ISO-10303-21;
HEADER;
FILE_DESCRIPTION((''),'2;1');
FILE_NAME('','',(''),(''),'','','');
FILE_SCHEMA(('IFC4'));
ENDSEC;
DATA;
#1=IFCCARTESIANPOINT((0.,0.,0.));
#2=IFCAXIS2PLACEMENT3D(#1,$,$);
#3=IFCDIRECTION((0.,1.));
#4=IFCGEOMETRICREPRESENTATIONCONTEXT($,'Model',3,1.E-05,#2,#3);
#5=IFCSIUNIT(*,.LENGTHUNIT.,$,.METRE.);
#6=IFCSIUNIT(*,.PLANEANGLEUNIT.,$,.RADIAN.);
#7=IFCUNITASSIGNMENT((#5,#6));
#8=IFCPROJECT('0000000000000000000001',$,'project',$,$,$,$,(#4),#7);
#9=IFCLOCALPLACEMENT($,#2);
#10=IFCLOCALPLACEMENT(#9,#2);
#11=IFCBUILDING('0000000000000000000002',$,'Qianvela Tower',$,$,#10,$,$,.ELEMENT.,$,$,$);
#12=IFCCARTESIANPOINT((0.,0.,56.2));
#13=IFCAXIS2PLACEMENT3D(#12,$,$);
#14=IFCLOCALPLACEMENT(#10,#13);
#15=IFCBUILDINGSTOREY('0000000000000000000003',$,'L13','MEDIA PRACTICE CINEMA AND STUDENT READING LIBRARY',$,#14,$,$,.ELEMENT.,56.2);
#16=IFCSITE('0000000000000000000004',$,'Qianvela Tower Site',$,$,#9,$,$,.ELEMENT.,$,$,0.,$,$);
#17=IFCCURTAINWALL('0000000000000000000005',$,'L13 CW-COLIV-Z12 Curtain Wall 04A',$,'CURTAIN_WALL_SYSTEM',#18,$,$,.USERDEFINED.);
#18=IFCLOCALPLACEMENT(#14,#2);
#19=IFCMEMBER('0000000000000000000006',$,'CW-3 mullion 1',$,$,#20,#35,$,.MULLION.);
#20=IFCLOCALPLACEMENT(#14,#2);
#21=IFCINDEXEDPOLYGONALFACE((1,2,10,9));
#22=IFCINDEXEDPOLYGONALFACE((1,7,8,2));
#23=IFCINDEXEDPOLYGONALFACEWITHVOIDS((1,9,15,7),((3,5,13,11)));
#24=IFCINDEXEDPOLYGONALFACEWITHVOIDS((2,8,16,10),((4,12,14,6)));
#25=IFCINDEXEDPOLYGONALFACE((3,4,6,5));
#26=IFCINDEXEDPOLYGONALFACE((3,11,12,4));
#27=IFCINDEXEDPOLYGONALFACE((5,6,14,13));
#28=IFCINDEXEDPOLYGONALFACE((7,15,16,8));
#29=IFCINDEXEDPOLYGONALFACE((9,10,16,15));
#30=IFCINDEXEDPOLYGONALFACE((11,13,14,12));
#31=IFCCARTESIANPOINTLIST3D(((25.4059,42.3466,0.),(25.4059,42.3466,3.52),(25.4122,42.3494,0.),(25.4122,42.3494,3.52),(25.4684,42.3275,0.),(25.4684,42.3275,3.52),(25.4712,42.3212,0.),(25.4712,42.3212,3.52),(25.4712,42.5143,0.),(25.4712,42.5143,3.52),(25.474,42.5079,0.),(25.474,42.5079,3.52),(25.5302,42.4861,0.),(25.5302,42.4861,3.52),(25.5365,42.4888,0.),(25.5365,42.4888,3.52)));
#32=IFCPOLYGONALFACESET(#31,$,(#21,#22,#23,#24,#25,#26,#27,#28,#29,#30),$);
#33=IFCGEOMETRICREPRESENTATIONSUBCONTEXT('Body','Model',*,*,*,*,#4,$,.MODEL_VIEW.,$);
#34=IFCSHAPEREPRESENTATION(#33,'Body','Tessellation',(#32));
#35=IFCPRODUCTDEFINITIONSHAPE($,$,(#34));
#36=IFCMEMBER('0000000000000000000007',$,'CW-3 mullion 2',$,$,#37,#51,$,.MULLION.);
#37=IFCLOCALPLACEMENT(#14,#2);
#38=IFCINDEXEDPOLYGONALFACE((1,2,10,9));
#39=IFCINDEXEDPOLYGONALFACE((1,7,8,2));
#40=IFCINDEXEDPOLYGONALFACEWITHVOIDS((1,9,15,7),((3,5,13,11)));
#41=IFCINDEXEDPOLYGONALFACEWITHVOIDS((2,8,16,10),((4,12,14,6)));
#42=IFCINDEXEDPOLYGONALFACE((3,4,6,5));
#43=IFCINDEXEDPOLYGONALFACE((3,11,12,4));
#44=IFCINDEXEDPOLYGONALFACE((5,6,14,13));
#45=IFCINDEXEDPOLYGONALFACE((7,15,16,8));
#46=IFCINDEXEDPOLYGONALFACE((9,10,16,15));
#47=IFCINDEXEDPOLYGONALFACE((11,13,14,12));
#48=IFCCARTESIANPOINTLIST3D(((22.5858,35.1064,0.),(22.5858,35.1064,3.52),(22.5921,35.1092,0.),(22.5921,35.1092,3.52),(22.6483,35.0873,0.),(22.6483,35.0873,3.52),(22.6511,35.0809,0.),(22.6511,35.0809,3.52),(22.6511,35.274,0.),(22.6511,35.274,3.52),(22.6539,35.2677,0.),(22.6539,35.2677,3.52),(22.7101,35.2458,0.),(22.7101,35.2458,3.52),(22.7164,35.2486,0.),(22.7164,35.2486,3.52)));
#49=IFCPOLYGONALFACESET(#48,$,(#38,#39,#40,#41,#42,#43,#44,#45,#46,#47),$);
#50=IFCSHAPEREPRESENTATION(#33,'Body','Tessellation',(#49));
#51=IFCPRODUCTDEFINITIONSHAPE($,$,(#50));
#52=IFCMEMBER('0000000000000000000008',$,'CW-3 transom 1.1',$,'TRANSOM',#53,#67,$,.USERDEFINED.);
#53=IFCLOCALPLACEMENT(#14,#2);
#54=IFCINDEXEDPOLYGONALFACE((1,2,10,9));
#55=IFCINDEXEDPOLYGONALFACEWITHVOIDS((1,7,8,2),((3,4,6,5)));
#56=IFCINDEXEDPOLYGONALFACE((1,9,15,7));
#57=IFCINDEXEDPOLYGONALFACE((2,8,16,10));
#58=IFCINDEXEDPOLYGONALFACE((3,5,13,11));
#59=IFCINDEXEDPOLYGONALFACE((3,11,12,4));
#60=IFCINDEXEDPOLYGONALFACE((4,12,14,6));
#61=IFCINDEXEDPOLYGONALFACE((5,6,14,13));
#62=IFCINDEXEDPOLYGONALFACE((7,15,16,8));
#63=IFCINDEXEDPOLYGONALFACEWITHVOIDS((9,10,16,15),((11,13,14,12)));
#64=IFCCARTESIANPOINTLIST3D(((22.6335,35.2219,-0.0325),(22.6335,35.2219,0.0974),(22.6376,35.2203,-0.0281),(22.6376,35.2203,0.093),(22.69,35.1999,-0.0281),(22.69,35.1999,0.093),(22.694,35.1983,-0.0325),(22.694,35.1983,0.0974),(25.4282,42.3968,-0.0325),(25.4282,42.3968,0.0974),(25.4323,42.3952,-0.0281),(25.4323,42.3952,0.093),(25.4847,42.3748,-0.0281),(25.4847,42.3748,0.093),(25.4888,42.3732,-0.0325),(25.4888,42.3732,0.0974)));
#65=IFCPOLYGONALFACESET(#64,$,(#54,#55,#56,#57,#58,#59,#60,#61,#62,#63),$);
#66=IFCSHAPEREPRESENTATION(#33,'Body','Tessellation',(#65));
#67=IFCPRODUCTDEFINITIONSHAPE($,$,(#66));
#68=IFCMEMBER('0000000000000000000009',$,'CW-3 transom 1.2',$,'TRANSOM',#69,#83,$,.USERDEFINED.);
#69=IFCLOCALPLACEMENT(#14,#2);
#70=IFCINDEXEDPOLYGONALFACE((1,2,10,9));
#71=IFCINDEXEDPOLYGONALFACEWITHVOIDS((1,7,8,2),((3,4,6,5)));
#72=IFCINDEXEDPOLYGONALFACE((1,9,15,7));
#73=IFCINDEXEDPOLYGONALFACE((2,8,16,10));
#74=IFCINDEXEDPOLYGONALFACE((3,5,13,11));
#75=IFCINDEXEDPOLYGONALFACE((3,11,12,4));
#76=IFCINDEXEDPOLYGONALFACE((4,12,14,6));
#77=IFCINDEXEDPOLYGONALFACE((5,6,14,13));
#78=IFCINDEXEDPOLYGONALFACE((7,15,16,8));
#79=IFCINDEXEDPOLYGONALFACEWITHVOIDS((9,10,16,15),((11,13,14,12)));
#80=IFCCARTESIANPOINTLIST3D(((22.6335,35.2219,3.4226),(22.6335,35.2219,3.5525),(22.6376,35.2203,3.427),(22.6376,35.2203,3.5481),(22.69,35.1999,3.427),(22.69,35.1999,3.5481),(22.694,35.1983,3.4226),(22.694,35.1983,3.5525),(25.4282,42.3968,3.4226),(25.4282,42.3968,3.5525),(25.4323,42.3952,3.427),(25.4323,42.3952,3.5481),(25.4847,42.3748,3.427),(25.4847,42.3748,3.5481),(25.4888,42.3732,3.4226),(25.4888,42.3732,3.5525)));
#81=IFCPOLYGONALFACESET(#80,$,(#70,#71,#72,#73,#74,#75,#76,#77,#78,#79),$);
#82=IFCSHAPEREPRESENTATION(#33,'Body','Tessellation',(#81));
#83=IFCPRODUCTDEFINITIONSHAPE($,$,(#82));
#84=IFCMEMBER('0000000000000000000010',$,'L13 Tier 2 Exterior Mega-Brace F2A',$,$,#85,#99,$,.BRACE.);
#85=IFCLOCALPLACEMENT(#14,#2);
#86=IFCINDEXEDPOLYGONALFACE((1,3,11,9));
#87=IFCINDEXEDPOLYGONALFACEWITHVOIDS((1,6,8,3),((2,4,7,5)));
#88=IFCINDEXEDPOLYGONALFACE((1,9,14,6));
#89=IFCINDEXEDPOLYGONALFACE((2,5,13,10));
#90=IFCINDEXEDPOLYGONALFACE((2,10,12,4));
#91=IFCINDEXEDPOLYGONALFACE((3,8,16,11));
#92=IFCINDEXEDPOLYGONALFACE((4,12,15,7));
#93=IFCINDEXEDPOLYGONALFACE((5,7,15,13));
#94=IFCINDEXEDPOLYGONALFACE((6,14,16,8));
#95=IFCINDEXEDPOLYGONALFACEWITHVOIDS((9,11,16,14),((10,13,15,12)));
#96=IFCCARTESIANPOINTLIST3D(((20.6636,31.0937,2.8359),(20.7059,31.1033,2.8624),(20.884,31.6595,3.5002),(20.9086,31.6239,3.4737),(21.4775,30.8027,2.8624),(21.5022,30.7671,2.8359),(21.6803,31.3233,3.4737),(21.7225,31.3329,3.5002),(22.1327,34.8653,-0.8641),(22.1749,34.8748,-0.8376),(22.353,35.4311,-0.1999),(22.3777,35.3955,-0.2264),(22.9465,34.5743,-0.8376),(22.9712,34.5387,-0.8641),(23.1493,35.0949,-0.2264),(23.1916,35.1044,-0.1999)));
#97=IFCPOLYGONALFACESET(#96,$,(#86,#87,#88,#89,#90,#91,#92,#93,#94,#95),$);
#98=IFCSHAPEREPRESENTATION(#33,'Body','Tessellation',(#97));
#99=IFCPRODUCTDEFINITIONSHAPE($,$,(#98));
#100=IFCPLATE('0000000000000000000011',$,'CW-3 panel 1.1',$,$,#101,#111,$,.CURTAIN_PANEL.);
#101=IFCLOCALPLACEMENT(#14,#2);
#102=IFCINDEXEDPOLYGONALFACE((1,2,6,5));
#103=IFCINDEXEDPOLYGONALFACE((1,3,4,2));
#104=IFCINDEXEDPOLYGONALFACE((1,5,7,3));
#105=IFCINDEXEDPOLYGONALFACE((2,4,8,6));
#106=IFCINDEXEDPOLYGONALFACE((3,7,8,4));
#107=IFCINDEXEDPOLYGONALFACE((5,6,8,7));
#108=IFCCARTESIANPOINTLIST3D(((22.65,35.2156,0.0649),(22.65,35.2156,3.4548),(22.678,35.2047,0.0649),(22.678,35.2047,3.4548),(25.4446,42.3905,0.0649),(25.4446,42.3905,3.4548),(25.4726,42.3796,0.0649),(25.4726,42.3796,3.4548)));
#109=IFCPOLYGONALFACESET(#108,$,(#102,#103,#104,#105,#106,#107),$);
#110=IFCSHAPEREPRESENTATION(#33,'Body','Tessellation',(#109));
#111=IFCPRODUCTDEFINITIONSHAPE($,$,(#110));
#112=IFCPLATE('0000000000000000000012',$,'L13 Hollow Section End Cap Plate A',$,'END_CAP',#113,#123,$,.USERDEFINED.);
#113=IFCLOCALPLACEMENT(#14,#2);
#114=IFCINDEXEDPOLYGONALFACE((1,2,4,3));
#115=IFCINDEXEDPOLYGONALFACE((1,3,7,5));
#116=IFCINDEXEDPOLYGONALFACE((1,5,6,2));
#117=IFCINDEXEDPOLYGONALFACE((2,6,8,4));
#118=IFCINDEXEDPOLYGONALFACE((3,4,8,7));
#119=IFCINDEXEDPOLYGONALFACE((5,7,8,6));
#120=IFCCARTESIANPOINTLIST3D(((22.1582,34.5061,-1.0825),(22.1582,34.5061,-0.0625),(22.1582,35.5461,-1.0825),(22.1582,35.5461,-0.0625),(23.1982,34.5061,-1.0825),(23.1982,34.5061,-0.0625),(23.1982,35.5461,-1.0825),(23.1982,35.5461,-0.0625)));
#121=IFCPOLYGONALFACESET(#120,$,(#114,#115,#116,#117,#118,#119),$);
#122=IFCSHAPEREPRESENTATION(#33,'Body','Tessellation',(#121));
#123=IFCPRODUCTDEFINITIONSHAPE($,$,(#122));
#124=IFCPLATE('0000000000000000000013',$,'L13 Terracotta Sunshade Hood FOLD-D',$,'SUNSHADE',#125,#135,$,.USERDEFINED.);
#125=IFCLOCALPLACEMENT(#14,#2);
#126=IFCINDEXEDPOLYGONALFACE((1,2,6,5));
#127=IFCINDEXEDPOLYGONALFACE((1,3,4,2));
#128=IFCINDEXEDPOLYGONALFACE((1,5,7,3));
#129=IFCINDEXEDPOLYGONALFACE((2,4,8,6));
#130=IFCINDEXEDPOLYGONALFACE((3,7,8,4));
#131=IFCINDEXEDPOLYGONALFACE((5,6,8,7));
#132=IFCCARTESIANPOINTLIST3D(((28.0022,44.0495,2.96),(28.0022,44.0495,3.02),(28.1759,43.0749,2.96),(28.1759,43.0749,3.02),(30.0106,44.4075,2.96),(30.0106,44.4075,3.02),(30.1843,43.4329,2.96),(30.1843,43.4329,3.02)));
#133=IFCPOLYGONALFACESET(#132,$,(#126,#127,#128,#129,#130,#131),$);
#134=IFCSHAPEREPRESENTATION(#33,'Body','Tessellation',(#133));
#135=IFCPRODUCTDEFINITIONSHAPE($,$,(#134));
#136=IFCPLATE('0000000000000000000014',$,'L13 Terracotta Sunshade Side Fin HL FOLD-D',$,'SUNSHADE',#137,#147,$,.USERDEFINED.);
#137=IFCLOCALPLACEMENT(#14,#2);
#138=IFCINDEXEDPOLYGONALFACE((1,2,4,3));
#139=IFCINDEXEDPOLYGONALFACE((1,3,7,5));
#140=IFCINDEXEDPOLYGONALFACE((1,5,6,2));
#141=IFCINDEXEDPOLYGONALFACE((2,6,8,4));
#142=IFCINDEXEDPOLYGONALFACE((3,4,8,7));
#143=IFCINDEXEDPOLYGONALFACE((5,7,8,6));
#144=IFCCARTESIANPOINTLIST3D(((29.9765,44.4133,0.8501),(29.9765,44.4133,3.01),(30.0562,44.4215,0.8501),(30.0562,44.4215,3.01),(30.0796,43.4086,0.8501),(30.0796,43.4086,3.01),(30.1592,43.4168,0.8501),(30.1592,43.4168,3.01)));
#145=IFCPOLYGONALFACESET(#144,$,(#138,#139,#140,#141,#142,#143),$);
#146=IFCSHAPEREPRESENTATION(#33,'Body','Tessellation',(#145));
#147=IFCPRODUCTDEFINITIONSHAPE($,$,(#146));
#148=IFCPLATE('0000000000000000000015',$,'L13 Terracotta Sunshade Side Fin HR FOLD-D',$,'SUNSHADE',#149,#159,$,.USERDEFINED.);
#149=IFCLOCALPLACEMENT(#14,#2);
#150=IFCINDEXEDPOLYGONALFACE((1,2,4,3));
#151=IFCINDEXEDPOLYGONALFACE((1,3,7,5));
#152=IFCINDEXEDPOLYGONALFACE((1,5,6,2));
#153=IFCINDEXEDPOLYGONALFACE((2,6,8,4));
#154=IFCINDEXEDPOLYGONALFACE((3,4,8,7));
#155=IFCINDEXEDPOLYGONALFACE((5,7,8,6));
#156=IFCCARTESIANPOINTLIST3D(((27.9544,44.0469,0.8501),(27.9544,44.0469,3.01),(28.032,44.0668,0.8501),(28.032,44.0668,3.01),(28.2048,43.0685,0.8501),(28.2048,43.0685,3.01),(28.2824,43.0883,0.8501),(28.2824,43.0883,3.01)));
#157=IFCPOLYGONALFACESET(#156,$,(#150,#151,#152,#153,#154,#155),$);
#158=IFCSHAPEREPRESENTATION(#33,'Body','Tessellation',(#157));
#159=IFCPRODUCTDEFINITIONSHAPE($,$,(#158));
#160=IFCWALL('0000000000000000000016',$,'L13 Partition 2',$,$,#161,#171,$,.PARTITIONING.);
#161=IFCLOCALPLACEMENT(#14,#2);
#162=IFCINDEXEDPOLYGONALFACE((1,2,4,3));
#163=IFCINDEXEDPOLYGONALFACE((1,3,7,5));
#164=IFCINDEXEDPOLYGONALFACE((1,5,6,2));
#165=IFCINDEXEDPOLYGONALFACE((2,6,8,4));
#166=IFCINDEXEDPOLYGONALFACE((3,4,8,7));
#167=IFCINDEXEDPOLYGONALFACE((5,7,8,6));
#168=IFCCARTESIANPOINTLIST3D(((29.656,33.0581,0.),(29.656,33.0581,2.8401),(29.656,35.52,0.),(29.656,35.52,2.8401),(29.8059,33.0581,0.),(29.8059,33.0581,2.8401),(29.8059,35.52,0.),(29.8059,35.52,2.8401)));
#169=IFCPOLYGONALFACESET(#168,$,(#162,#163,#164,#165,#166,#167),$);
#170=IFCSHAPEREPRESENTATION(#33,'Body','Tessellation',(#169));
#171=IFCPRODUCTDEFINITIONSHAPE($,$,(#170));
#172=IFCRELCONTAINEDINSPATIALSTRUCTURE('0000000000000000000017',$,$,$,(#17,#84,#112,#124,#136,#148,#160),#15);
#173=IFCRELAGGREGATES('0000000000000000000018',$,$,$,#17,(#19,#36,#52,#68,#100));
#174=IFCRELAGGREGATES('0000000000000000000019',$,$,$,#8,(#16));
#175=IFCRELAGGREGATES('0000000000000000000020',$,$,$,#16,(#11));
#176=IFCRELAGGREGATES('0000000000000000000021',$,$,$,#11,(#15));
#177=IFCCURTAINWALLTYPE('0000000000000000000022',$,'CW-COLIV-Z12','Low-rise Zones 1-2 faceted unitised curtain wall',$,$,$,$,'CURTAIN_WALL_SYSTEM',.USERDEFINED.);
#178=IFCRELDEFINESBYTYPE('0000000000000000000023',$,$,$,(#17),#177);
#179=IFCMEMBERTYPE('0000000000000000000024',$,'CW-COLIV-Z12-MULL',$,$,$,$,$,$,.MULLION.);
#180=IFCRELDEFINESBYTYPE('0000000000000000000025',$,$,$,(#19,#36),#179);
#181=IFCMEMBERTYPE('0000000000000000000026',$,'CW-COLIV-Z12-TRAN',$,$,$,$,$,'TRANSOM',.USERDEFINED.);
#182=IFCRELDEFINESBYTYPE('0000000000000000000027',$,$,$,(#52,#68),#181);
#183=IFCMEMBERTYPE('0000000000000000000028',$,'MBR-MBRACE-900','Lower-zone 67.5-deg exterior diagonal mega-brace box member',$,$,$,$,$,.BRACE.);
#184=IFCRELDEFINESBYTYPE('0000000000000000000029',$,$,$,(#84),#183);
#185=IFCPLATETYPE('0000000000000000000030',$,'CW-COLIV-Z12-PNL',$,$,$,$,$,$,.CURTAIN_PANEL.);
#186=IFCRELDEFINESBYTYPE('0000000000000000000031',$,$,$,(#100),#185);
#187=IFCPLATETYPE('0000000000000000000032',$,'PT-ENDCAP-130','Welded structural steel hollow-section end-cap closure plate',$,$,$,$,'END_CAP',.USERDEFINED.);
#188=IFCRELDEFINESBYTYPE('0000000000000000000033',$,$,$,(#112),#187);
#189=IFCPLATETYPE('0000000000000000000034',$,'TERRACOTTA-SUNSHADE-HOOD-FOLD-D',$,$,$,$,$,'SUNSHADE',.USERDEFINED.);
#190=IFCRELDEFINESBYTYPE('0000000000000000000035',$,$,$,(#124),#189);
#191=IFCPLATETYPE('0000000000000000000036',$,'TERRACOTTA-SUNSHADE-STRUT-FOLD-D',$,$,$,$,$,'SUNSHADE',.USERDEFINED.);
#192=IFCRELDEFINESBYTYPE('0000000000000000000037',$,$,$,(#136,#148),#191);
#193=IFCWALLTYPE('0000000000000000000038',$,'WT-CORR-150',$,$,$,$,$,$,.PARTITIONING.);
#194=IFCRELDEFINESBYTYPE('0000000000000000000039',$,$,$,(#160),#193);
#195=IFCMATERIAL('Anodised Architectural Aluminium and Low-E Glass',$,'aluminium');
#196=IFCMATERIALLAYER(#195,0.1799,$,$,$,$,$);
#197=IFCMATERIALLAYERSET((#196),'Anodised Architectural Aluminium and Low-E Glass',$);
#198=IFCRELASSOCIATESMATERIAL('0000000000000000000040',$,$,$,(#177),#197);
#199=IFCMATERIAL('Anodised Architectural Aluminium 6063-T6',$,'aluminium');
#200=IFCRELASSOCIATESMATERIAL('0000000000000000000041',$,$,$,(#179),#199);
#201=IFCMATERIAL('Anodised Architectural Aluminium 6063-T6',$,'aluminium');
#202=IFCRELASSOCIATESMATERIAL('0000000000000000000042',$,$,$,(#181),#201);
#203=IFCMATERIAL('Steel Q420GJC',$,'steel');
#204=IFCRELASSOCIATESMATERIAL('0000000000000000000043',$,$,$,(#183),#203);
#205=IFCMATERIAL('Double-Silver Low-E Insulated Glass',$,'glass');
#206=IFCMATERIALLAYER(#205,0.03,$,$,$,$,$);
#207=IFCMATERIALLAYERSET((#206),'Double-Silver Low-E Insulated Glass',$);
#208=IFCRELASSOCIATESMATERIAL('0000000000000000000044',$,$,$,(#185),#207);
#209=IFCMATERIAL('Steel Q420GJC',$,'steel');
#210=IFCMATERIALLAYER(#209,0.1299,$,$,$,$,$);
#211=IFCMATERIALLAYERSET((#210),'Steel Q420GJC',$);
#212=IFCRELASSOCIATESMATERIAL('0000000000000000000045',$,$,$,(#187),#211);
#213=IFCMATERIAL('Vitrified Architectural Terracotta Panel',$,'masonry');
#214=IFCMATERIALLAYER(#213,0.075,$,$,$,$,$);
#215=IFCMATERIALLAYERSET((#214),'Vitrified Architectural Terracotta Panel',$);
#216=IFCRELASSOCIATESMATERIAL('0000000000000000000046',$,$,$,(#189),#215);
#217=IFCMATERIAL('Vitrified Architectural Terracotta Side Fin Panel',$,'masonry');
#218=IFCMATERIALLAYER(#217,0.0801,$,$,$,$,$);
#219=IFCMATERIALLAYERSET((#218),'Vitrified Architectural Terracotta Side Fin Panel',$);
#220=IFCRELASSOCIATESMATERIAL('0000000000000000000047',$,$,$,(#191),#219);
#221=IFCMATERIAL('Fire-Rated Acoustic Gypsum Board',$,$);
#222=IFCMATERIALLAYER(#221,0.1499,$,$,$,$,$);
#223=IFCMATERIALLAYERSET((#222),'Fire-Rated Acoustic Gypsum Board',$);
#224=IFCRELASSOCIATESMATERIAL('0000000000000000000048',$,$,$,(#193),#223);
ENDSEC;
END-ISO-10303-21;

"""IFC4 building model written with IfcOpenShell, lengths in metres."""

from ifc_helpers import new_model, si_unit, direction, frame, frame_2d, origin, origin_2d, place, context, subcontext, project, spatial, rectangle, hollow_rectangle, extrude, material, layer, layer_set, material_profile, profile_set, type_object, element, aggregate, save


model = new_model("IFC4")

# Units and contexts
model_context = context("Model", 3, precision=1e-05, world=origin(), true_north=direction((0.0, 1.0)))
body_context = subcontext(model_context, "Body", "Model", "MODEL_VIEW")
ifc_project = project(units=[si_unit("LENGTHUNIT", "METRE"), si_unit("PLANEANGLEUNIT", "RADIAN")], contexts=[model_context])

# Site, building, storey
site_placement = place(None, origin())
site = spatial("IfcSite", under=ifc_project, at=site_placement, Name="Qianvela Tower Site", CompositionType="ELEMENT", RefElevation=0.0)
building_placement = place(site_placement, origin())
building = spatial("IfcBuilding", under=site, at=building_placement, Name="Qianvela Tower", CompositionType="ELEMENT")
storey_placement = place(building_placement, frame((0.0, 0.0, 56.2)))
storey = spatial("IfcBuildingStorey", under=building, at=storey_placement, Name="L13", Description="MEDIA PRACTICE CINEMA AND STUDENT READING LIBRARY", CompositionType="ELEMENT", Elevation=56.2)

# Curtain wall, members
ifc_material_1 = material(Name="Anodised Architectural Aluminium and Low-E Glass", Category="aluminium")
ifc_layer_1 = layer(ifc_material_1, 0.1799)
ifc_layer_set_1 = layer_set([ifc_layer_1], Name="Anodised Architectural Aluminium and Low-E Glass")
curtain_wall_type_1 = type_object("IfcCurtainWallType", Name="CW-COLIV-Z12", Description="Low-rise Zones 1-2 faceted unitised curtain wall", ElementType="CURTAIN_WALL_SYSTEM", PredefinedType="USERDEFINED", material=ifc_layer_set_1)
curtain_wall_1_placement = place(storey_placement, origin())
curtain_wall_1 = element("IfcCurtainWall", 1, at=curtain_wall_1_placement, inside=storey, type_object=curtain_wall_type_1, Name="L13 CW-COLIV-Z12 Curtain Wall 04A", ObjectType="CURTAIN_WALL_SYSTEM", PredefinedType="USERDEFINED")
ifc_material_2 = material(Name="Anodised Architectural Aluminium 6063-T6", Category="aluminium")
ifc_material_profile_1 = material_profile(ifc_material_2, hollow_rectangle(XDim=0.0701, YDim=0.1799, WallThickness=0.0049, at=origin_2d()), Name="ALU-MULL-70x180")
ifc_profile_set_1 = profile_set([ifc_material_profile_1], Name="Anodised Architectural Aluminium 6063-T6")
member_type_1 = type_object("IfcMemberType", Name="CW-COLIV-Z12-MULL", PredefinedType="MULLION", material=ifc_profile_set_1)
member_1_placement = place(storey_placement, frame((25.4712, 42.4177, 0.0), z_axis=(0.0, 0.0, 1.0), x_axis=(0.931814, -0.362935, 0.0)))
member_1 = element("IfcMember", 2, at=member_1_placement, type_object=member_type_1, Name="CW-3 mullion 1", PredefinedType="MULLION", context=body_context, shape_type="SweptSolid", body=[
    extrude(hollow_rectangle(XDim=0.0701, YDim=0.1799, WallThickness=0.0049, at=origin_2d()), origin(), (0.0, 0.0, 1.0), 3.52),
])
member_2_placement = place(storey_placement, frame((22.6511, 35.1775, 0.0), z_axis=(0.0, 0.0, 1.0), x_axis=(0.931814, -0.362935, 0.0)))
member_2 = element("IfcMember", 3, at=member_2_placement, type_object=member_type_1, Name="CW-3 mullion 2", PredefinedType="MULLION", context=body_context, shape_type="SweptSolid", body=[
    extrude(hollow_rectangle(XDim=0.0701, YDim=0.1799, WallThickness=0.0049, at=origin_2d()), origin(), (0.0, 0.0, 1.0), 3.52),
])
ifc_material_3 = material(Name="Anodised Architectural Aluminium 6063-T6", Category="aluminium")
ifc_material_profile_2 = material_profile(ifc_material_3, hollow_rectangle(XDim=0.0649, YDim=0.1299, WallThickness=0.0044, at=origin_2d()), Name="ALU-TRAN-65x130")
ifc_profile_set_2 = profile_set([ifc_material_profile_2], Name="Anodised Architectural Aluminium 6063-T6")
member_type_2 = type_object("IfcMemberType", Name="CW-COLIV-Z12-TRAN", ElementType="TRANSOM", PredefinedType="USERDEFINED", material=ifc_profile_set_2)
member_3_placement = place(storey_placement, frame((25.4585, 42.385, 0.0325), z_axis=(-0.362951, -0.931808, 0.0), x_axis=(0.931808, -0.362951, 0.0)))
member_3 = element("IfcMember", 4, at=member_3_placement, type_object=member_type_2, Name="CW-3 transom 1.1", ObjectType="TRANSOM", PredefinedType="USERDEFINED", context=body_context, shape_type="SweptSolid", body=[
    extrude(hollow_rectangle(XDim=0.0649, YDim=0.1299, WallThickness=0.0044, at=origin_2d()), origin(), (0.0, 0.0, 1.0), 7.7),
])
member_4_placement = place(storey_placement, frame((25.4585, 42.385, 3.4875), z_axis=(-0.362951, -0.931808, 0.0), x_axis=(0.931808, -0.362951, 0.0)))
member_4 = element("IfcMember", 5, at=member_4_placement, type_object=member_type_2, Name="CW-3 transom 1.2", ObjectType="TRANSOM", PredefinedType="USERDEFINED", context=body_context, shape_type="SweptSolid", body=[
    extrude(hollow_rectangle(XDim=0.0649, YDim=0.1299, WallThickness=0.0044, at=origin_2d()), origin(), (0.0, 0.0, 1.0), 7.7),
])

# Member
ifc_material_4 = material(Name="Steel Q420GJC", Category="steel")
ifc_material_profile_3 = material_profile(ifc_material_4, hollow_rectangle(XDim=0.8999, YDim=0.8999, WallThickness=0.0359, at=origin_2d()), Name="MBOX-900x900x36")
ifc_profile_set_3 = profile_set([ifc_material_profile_3], Name="Steel Q420GJC")
member_type_3 = type_object("IfcMemberType", Name="MBR-MBRACE-900", Description="Lower-zone 67.5-deg exterior diagonal mega-brace box member", PredefinedType="BRACE", material=ifc_profile_set_3)
member_5_placement = place(storey_placement, frame((22.6621, 34.9849, -0.532), z_axis=(-0.267881, -0.687755, 0.67471), x_axis=(0.931812, -0.362941, 0.0)))
element("IfcMember", 6, at=member_5_placement, inside=storey, type_object=member_type_3, Name="L13 Tier 2 Exterior Mega-Brace F2A", PredefinedType="BRACE", context=body_context, shape_type="SweptSolid", body=[
    extrude(hollow_rectangle(XDim=0.8999, YDim=0.8999, WallThickness=0.0359, at=origin_2d()), origin(), (0.0, 0.0, 1.0), 5.4839),
])

# Plate
ifc_material_5 = material(Name="Double-Silver Low-E Insulated Glass", Category="glass")
ifc_layer_2 = layer(ifc_material_5, 0.03)
ifc_layer_set_2 = layer_set([ifc_layer_2], Name="Double-Silver Low-E Insulated Glass")
plate_type_1 = type_object("IfcPlateType", Name="CW-COLIV-Z12-PNL", PredefinedType="CURTAIN_PANEL", material=ifc_layer_set_2)
plate_1_placement = place(storey_placement, frame((24.0613, 38.7976, 0.0649), z_axis=(0.0, 0.0, 1.0), x_axis=(-0.362935, -0.931814, 0.0)))
plate_1 = element("IfcPlate", 7, at=plate_1_placement, type_object=plate_type_1, Name="CW-3 panel 1.1", PredefinedType="CURTAIN_PANEL", context=body_context, shape_type="SweptSolid", body=[
    extrude(rectangle(XDim=7.7, YDim=0.03, at=origin_2d()), origin(), (0.0, 0.0, 1.0), 3.3899),
])
aggregate(curtain_wall_1, [member_1, member_2, member_3, member_4, plate_1])

# Plates
ifc_material_6 = material(Name="Steel Q420GJC", Category="steel")
ifc_layer_3 = layer(ifc_material_6, 0.1299)
ifc_layer_set_3 = layer_set([ifc_layer_3], Name="Steel Q420GJC")
plate_type_2 = type_object("IfcPlateType", Name="PT-ENDCAP-130", Description="Welded structural steel hollow-section end-cap closure plate", ElementType="END_CAP", PredefinedType="USERDEFINED", material=ifc_layer_set_3)
plate_2_placement = place(storey_placement, frame((22.6782, 35.0261, -1.0825), z_axis=(0.0, 0.0, 1.0), x_axis=(1.0, 0.0, 0.0)))
element("IfcPlate", 8, at=plate_2_placement, inside=storey, type_object=plate_type_2, Name="L13 Hollow Section End Cap Plate A", ObjectType="END_CAP", PredefinedType="USERDEFINED", context=body_context, shape_type="SweptSolid", body=[
    extrude(rectangle(XDim=1.04, YDim=1.04, at=origin_2d()), origin(), (0.0, 0.0, 1.0), 1.02),
])
ifc_material_7 = material(Name="Vitrified Architectural Terracotta Panel", Category="masonry")
ifc_layer_4 = layer(ifc_material_7, 0.075)
ifc_layer_set_4 = layer_set([ifc_layer_4], Name="Vitrified Architectural Terracotta Panel")
plate_type_3 = type_object("IfcPlateType", Name="TERRACOTTA-SUNSHADE-HOOD-FOLD-D", ElementType="SUNSHADE", PredefinedType="USERDEFINED", material=ifc_layer_set_4)
plate_3_placement = place(storey_placement, frame((29.0933, 43.7412, 2.96), z_axis=(0.0, 0.0, 1.0), x_axis=(-0.984485, -0.17547, 0.0)))
element("IfcPlate", 9, at=plate_3_placement, inside=storey, type_object=plate_type_3, Name="L13 Terracotta Sunshade Hood FOLD-D", ObjectType="SUNSHADE", PredefinedType="USERDEFINED", context=body_context, shape_type="SweptSolid", body=[
    extrude(rectangle(XDim=2.04, YDim=0.99, at=origin_2d()), origin(), (0.0, 0.0, 1.0), 0.0601),
])
ifc_material_8 = material(Name="Vitrified Architectural Terracotta Side Fin Panel", Category="masonry")
ifc_layer_5 = layer(ifc_material_8, 0.0801)
ifc_layer_set_5 = layer_set([ifc_layer_5], Name="Vitrified Architectural Terracotta Side Fin Panel")
plate_type_4 = type_object("IfcPlateType", Name="TERRACOTTA-SUNSHADE-STRUT-FOLD-D", ElementType="SUNSHADE", PredefinedType="USERDEFINED", material=ifc_layer_set_5)
for number, where, z_axis, x_axis, name in (
    (10, (30.0679, 43.915, 0.8501), (0.0, 0.0, 1.0), (-0.994781, -0.102029, 0.0), "L13 Terracotta Sunshade Side Fin HL FOLD-D"),
    (11, (28.1184, 43.5676, 0.8501), (0.0, 0.0, 1.0), (-0.968774, -0.247946, 0.0), "L13 Terracotta Sunshade Side Fin HR FOLD-D"),
):
    element("IfcPlate", number, at=place(storey_placement, frame(where, z_axis=z_axis, x_axis=x_axis)), inside=storey, type_object=plate_type_4, Name=name, ObjectType="SUNSHADE", PredefinedType="USERDEFINED", context=body_context, shape_type="SweptSolid", body=[
        extrude(rectangle(XDim=0.0801, YDim=1.01, at=origin_2d()), origin(), (0.0, 0.0, 1.0), 2.1599),
    ])

# Wall
ifc_material_9 = material(Name="Fire-Rated Acoustic Gypsum Board")
ifc_layer_6 = layer(ifc_material_9, 0.1499)
ifc_layer_set_6 = layer_set([ifc_layer_6], Name="Fire-Rated Acoustic Gypsum Board")
wall_type_1 = type_object("IfcWallType", Name="WT-CORR-150", PredefinedType="PARTITIONING", material=ifc_layer_set_6)
wall_1_placement = place(storey_placement, frame((29.731, 33.0581, 0.0), z_axis=(0.0, 0.0, 1.0), x_axis=(0.0, 1.0, 0.0)))
element("IfcWall", 12, at=wall_1_placement, inside=storey, type_object=wall_type_1, Name="L13 Partition 2", PredefinedType="PARTITIONING", context=body_context, shape_type="SweptSolid", body=[
    extrude(rectangle(XDim=2.4619, YDim=0.1499, at=frame_2d((1.231, 0.0))), origin(), (0.0, 0.0, 1.0), 2.8401),
])

save(model, "model.ifc")
